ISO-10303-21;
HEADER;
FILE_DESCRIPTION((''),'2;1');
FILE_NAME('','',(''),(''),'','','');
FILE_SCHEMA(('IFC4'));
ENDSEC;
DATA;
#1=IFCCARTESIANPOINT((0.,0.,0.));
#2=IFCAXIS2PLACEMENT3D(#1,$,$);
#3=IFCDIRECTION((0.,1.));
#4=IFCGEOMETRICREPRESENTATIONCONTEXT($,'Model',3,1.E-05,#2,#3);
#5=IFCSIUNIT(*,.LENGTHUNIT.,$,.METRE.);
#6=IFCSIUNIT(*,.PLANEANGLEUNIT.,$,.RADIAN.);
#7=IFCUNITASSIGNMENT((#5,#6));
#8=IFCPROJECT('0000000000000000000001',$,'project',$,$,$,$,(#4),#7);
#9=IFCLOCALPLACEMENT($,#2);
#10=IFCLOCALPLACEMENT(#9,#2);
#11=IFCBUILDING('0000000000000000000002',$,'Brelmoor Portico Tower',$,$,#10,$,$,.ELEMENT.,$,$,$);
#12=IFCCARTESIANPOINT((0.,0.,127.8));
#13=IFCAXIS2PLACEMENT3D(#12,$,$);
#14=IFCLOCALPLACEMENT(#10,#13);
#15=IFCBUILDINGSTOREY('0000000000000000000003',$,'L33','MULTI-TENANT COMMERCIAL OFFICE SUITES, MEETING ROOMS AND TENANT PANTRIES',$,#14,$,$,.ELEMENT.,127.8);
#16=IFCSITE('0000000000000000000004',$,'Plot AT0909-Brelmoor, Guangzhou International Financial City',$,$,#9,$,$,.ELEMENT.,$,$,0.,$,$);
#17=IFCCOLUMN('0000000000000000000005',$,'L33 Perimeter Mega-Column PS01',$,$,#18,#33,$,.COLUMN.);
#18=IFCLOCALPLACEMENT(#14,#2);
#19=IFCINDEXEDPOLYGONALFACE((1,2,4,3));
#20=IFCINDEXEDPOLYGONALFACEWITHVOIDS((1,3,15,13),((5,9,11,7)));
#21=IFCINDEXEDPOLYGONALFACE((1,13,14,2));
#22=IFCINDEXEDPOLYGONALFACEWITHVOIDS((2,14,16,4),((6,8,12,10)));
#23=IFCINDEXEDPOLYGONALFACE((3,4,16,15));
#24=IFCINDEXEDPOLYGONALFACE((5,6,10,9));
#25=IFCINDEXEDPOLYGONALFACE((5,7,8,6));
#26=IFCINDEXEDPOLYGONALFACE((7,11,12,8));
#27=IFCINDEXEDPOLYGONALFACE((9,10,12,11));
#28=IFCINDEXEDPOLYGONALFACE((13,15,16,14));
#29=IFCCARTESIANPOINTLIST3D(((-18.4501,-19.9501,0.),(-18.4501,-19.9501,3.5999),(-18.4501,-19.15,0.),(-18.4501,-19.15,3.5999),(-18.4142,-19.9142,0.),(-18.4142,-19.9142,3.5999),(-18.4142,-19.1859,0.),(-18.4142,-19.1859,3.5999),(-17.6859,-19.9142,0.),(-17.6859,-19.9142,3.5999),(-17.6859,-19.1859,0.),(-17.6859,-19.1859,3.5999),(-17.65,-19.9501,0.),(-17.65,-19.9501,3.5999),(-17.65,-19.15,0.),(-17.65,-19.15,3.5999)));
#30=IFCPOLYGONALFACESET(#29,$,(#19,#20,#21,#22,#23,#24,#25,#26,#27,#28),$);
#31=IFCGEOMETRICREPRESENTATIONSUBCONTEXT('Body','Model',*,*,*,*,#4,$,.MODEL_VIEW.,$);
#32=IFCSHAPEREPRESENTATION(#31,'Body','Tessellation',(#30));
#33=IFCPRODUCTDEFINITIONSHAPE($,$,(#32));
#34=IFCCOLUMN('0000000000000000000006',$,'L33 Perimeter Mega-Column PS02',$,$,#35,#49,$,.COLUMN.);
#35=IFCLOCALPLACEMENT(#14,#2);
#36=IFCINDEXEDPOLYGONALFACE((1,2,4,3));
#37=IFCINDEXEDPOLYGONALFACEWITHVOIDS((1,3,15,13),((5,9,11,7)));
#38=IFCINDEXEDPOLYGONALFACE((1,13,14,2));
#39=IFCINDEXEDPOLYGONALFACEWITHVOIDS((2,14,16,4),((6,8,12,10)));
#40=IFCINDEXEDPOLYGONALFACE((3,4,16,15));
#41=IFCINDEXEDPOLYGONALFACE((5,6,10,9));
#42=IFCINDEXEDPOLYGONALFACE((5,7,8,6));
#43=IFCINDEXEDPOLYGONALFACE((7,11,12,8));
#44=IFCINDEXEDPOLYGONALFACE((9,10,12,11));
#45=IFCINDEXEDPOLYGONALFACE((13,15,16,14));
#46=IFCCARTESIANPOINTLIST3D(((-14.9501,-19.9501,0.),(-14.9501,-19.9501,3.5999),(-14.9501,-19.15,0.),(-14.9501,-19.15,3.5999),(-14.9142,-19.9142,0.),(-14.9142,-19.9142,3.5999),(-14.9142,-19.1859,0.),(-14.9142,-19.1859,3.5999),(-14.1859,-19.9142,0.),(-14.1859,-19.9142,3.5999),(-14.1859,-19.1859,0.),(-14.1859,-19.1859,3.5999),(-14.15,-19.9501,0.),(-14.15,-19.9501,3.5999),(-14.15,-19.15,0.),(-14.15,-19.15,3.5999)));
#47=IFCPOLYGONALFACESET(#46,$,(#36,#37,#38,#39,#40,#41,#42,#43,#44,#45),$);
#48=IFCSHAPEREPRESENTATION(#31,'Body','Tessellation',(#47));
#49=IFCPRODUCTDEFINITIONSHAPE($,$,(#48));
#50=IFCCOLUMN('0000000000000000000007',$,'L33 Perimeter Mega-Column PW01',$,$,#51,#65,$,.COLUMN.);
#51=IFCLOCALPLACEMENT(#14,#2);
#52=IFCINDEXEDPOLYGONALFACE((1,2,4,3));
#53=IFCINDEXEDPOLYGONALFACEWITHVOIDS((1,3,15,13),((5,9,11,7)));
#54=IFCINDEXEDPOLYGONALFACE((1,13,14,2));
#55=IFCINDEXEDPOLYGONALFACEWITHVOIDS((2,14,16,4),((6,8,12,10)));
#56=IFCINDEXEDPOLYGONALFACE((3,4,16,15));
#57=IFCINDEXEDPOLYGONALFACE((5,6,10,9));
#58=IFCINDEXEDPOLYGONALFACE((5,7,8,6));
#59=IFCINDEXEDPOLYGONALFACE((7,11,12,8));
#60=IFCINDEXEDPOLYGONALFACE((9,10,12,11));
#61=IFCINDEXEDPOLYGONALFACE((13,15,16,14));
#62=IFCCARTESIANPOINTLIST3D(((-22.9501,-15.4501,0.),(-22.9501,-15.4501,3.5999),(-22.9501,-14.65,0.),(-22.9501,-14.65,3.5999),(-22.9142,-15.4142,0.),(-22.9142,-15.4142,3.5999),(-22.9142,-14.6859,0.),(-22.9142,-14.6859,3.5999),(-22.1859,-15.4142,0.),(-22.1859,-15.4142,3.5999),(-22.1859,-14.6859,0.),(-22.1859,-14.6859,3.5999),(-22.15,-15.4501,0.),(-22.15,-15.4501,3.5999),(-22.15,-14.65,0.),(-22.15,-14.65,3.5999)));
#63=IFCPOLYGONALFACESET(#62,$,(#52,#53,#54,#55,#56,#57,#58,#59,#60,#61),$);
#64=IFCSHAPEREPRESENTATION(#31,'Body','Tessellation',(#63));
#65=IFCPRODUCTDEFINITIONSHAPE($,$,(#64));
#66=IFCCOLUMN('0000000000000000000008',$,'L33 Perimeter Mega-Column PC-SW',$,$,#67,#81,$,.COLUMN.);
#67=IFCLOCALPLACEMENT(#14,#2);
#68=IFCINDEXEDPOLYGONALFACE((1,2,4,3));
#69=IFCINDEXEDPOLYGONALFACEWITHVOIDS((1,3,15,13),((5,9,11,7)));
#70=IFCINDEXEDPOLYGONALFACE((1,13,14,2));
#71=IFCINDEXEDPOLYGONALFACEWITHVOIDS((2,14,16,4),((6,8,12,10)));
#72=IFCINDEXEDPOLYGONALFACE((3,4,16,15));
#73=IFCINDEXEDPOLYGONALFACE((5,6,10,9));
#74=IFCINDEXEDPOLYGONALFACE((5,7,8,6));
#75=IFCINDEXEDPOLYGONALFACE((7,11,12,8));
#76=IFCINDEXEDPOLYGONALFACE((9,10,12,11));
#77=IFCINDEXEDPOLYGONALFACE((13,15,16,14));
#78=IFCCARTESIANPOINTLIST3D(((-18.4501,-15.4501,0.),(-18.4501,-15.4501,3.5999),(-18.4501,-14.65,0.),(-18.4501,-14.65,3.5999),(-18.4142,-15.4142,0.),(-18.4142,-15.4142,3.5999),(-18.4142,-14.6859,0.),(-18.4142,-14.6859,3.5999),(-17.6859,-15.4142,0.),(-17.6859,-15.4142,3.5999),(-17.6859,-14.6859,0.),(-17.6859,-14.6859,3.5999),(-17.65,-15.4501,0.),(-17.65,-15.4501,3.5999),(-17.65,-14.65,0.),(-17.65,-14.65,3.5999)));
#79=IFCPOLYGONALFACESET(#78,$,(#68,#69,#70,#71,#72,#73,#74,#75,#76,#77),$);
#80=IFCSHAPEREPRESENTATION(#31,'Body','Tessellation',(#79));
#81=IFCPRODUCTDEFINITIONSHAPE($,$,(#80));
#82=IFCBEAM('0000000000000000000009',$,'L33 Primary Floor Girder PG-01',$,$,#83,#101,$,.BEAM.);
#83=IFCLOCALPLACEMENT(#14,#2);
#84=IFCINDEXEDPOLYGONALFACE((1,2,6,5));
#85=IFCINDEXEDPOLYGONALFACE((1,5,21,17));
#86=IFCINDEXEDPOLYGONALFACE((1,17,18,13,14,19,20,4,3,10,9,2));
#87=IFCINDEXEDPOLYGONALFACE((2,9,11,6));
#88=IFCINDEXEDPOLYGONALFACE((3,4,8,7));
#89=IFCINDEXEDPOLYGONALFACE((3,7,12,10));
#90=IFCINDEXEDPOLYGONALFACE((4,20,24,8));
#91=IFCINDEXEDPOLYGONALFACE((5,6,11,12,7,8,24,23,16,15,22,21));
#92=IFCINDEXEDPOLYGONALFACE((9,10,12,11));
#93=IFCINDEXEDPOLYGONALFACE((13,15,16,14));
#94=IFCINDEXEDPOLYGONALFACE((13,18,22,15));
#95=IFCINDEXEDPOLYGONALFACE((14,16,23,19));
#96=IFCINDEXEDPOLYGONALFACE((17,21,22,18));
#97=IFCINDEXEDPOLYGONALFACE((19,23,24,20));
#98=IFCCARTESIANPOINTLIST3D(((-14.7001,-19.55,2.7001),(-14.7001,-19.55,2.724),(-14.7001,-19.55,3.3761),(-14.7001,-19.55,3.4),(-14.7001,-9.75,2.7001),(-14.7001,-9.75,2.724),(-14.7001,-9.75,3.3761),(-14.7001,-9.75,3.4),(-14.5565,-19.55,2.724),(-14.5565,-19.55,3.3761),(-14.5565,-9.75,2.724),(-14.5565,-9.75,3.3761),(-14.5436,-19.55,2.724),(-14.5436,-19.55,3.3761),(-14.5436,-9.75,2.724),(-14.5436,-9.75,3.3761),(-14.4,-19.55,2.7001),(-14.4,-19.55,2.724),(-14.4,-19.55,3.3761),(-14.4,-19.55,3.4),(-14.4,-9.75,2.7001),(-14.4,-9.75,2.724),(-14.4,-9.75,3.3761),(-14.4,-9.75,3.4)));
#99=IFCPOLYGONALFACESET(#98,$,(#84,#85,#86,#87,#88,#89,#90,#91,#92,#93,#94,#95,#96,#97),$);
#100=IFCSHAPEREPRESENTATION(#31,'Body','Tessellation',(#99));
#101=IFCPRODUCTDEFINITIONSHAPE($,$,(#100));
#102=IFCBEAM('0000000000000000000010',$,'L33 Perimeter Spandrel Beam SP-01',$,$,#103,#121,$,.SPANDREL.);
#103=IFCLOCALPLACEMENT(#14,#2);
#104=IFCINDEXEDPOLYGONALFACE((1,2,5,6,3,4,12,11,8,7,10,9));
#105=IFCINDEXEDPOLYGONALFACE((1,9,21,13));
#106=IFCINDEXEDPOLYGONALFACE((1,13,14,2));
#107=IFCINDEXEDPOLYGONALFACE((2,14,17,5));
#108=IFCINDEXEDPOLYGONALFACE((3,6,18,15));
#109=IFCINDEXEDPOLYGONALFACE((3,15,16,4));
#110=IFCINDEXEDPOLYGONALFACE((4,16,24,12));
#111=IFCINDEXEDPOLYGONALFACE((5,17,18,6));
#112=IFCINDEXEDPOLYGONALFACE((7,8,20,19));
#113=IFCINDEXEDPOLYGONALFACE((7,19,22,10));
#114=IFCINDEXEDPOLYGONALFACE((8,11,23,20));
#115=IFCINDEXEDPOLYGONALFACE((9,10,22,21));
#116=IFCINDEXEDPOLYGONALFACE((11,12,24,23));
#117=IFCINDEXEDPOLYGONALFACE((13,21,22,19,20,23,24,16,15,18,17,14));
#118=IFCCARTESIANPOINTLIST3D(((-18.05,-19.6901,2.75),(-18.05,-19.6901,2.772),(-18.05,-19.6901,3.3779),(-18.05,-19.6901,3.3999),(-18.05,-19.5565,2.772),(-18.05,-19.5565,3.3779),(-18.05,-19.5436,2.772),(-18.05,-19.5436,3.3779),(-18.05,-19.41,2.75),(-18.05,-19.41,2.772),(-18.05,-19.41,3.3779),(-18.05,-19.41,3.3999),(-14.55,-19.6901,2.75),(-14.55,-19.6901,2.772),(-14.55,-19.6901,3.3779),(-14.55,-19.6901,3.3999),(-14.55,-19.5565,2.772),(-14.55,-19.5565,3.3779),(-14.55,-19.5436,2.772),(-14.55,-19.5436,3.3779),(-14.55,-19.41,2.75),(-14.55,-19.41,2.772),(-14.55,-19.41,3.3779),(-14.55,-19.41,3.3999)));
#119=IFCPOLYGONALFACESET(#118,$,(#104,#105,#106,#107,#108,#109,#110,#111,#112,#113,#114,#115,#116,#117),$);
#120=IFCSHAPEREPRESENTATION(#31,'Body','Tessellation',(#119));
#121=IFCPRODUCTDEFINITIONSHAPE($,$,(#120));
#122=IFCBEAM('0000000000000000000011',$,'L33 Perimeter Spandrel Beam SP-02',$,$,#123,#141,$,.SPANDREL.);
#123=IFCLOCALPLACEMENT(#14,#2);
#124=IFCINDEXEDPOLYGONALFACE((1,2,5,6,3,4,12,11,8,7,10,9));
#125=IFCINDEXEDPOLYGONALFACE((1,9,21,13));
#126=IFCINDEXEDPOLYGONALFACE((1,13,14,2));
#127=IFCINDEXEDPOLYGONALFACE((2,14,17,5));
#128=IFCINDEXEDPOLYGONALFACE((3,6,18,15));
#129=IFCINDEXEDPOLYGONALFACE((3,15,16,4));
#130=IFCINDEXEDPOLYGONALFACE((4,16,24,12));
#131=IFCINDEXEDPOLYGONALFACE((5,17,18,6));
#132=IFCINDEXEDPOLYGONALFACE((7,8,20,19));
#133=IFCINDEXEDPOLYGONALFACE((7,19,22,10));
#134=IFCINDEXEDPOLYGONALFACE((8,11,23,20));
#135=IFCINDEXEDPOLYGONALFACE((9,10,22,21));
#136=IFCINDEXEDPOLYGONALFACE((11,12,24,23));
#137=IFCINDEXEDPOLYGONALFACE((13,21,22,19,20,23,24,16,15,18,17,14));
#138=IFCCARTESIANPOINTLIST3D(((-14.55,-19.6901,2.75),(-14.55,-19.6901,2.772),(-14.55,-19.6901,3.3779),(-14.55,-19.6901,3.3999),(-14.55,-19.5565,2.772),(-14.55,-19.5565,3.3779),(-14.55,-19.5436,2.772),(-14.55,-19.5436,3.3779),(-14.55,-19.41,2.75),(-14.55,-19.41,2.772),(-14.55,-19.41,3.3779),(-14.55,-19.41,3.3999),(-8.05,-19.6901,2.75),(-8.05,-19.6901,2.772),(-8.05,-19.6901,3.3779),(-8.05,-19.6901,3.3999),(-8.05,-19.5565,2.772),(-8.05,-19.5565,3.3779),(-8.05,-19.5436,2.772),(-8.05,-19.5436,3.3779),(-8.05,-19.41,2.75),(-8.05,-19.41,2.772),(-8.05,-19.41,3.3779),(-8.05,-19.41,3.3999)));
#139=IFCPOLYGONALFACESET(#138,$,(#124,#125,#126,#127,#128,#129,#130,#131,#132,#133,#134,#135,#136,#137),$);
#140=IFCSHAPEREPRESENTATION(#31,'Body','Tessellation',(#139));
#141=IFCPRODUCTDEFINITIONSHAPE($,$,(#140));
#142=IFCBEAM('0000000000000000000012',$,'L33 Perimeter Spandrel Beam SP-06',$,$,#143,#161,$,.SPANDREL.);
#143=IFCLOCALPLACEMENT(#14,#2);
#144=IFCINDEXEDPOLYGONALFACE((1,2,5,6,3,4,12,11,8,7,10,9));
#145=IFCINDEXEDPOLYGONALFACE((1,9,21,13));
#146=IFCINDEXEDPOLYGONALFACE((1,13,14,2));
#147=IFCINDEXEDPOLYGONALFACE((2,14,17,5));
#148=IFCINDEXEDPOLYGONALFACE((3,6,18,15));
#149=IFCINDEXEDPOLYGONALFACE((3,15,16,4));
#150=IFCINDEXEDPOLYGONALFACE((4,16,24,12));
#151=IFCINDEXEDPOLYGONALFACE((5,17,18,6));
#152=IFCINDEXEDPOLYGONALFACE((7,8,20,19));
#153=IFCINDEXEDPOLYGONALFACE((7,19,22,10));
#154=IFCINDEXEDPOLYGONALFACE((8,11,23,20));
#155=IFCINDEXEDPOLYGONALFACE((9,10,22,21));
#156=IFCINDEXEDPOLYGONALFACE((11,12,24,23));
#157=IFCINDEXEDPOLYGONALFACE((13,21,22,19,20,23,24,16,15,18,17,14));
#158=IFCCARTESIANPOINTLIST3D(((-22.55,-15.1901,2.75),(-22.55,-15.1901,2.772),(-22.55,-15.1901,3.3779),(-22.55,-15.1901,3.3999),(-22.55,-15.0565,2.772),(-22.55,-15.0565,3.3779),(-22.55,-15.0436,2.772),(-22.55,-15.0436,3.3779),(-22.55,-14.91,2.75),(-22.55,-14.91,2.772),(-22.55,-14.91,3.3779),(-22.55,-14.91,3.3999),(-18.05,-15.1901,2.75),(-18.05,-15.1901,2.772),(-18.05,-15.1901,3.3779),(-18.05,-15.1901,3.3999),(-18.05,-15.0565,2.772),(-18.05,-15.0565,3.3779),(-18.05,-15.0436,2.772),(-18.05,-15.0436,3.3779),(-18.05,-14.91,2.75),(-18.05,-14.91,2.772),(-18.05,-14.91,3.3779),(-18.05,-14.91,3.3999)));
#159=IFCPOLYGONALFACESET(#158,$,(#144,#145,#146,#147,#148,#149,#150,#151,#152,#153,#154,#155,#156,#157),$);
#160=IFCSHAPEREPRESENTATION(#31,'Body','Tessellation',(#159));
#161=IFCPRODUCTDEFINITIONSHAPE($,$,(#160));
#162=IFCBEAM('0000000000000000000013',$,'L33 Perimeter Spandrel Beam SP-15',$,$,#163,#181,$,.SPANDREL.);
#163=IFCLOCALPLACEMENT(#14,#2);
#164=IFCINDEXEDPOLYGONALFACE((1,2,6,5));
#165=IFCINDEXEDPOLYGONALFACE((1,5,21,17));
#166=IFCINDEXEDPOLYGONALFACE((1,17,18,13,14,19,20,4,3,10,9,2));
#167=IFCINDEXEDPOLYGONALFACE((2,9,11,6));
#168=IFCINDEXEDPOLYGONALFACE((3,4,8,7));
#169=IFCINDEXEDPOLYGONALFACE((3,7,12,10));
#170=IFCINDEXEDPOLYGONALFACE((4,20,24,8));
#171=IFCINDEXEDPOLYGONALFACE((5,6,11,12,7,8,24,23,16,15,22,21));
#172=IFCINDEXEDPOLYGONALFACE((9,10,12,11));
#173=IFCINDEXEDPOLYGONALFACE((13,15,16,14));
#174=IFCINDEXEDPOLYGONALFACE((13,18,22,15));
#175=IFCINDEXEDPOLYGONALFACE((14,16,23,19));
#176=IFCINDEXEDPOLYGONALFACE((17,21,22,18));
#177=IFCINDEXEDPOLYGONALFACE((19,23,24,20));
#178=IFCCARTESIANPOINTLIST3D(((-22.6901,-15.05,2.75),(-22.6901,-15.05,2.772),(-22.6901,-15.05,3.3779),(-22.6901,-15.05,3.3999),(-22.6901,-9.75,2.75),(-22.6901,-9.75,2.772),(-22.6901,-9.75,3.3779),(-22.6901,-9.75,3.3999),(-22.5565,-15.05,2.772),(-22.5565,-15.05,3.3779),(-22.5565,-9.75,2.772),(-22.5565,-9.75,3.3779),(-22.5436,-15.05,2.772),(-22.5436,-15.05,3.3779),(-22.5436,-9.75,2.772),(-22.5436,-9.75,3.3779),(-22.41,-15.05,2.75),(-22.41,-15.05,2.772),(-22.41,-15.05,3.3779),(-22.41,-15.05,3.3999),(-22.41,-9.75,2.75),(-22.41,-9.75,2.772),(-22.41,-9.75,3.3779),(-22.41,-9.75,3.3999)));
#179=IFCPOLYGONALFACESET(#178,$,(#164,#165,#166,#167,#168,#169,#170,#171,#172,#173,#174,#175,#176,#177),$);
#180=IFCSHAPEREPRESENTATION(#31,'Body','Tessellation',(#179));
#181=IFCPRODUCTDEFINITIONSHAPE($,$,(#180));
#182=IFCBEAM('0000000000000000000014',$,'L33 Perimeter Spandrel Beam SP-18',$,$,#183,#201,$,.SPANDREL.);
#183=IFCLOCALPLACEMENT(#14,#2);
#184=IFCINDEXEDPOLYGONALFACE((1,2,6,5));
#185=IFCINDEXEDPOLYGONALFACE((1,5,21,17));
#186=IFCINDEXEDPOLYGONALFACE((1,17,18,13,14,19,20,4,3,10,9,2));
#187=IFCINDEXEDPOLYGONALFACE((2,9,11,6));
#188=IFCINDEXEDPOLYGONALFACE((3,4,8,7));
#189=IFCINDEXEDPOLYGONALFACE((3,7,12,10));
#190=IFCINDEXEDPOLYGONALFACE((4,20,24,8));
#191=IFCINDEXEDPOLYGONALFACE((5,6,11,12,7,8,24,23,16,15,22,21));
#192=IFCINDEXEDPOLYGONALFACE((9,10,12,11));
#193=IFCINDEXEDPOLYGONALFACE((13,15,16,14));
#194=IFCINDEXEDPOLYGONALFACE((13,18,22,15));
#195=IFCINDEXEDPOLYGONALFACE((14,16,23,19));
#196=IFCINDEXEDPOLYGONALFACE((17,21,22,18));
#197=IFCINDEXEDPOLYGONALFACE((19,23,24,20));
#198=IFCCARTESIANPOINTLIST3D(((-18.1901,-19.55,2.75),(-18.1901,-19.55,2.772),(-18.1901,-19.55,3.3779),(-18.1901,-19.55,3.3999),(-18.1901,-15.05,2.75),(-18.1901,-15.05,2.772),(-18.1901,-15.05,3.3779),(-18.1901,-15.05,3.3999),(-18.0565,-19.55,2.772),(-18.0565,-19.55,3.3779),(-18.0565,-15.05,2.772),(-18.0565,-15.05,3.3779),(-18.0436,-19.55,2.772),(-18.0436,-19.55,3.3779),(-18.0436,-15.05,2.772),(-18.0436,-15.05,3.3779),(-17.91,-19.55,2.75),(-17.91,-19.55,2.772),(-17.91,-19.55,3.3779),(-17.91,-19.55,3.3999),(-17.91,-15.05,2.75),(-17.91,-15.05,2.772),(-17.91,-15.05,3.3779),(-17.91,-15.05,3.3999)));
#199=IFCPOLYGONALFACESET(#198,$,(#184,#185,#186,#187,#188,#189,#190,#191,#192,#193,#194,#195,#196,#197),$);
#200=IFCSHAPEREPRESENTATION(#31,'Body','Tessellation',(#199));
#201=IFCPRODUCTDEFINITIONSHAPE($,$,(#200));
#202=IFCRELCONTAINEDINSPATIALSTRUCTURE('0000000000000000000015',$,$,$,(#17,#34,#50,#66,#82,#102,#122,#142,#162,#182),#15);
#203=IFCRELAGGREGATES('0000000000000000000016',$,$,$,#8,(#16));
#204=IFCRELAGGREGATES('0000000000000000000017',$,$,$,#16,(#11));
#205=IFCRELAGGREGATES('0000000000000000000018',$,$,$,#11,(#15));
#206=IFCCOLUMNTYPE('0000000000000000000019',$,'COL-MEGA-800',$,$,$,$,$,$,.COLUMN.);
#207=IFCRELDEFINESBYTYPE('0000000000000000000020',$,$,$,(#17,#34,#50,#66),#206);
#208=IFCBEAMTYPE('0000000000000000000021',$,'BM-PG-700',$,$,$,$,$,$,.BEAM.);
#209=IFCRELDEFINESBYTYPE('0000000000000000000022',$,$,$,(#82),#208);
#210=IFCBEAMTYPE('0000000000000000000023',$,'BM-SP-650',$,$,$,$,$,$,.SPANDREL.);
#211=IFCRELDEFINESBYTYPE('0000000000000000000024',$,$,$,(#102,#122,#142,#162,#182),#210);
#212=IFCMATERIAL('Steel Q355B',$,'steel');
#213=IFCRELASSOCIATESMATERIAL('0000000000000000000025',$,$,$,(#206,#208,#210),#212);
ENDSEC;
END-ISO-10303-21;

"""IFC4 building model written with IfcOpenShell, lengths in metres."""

from ifc_helpers import new_model, si_unit, direction, frame, origin, origin_2d, place, context, subcontext, project, spatial, hollow_rectangle, i_section, extrude, material, material_profile, profile_set, type_object, element, save


model = new_model("IFC4")

# Units and contexts
model_context = context("Model", 3, precision=1e-05, world=origin(), true_north=direction((0.0, 1.0)))
body_context = subcontext(model_context, "Body", "Model", "MODEL_VIEW")
ifc_project = project(units=[si_unit("LENGTHUNIT", "METRE"), si_unit("PLANEANGLEUNIT", "RADIAN")], contexts=[model_context])

# Site, building, storey
site_placement = place(None, origin())
site = spatial("IfcSite", under=ifc_project, at=site_placement, Name="Plot AT0909-Brelmoor, Guangzhou International Financial City", CompositionType="ELEMENT", RefElevation=0.0)
building_placement = place(site_placement, origin())
building = spatial("IfcBuilding", under=site, at=building_placement, Name="Brelmoor Portico Tower", CompositionType="ELEMENT")
storey_placement = place(building_placement, frame((0.0, 0.0, 127.8)))
storey = spatial("IfcBuildingStorey", under=building, at=storey_placement, Name="L33", Description="MULTI-TENANT COMMERCIAL OFFICE SUITES, MEETING ROOMS AND TENANT PANTRIES", CompositionType="ELEMENT", Elevation=127.8)

# Columns
ifc_material_1 = material(Name="Steel Q355B", Category="steel")
ifc_material_profile_1 = material_profile(ifc_material_1, hollow_rectangle(XDim=0.8, YDim=0.8, WallThickness=0.0359, at=origin_2d()), Name="BOX 800x800x36")
ifc_profile_set_1 = profile_set([ifc_material_profile_1], Name="Steel Q355B")
column_type = type_object("IfcColumnType", Name="COL-MEGA-800", PredefinedType="COLUMN", material=ifc_profile_set_1)
for number, where, z_axis, x_axis, name in (
    (1, (-18.05, -19.55, 0.0), (0.0, 0.0, 1.0), (1.0, 0.0, 0.0), "L33 Perimeter Mega-Column PS01"),
    (2, (-14.55, -19.55, 0.0), (0.0, 0.0, 1.0), (1.0, 0.0, 0.0), "L33 Perimeter Mega-Column PS02"),
    (3, (-22.55, -15.05, 0.0), (0.0, 0.0, 1.0), (0.0, 1.0, 0.0), "L33 Perimeter Mega-Column PW01"),
    (4, (-18.05, -15.05, 0.0), (0.0, 0.0, 1.0), (1.0, 0.0, 0.0), "L33 Perimeter Mega-Column PC-SW"),
):
    element("IfcColumn", number, at=place(storey_placement, frame(where, z_axis=z_axis, x_axis=x_axis)), inside=storey, type_object=column_type, Name=name, PredefinedType="COLUMN", context=body_context, shape_type="SweptSolid", body=[
        extrude(hollow_rectangle(XDim=0.8, YDim=0.8, WallThickness=0.0359, at=origin_2d()), origin(), (0.0, 0.0, 1.0), 3.5999),
    ])

# Beams
ifc_material_profile_2 = material_profile(ifc_material_1, i_section(OverallWidth=0.3, OverallDepth=0.7, WebThickness=0.0129, FlangeThickness=0.0239, at=origin_2d()), Name="HN 700x300x13x24")
ifc_profile_set_2 = profile_set([ifc_material_profile_2], Name="Steel Q355B")
beam_type_1 = type_object("IfcBeamType", Name="BM-PG-700", PredefinedType="BEAM", material=ifc_profile_set_2)
beam_1_placement = place(storey_placement, frame((-14.55, -19.55, 3.05), z_axis=(0.0, 1.0, 0.0), x_axis=(-1.0, 0.0, 0.0)))
element("IfcBeam", 5, at=beam_1_placement, inside=storey, type_object=beam_type_1, Name="L33 Primary Floor Girder PG-01", PredefinedType="BEAM", context=body_context, shape_type="SweptSolid", body=[
    extrude(i_section(OverallWidth=0.3, OverallDepth=0.7, WebThickness=0.0129, FlangeThickness=0.0239, at=origin_2d()), origin(), (0.0, 0.0, 1.0), 9.8),
])
ifc_material_profile_3 = material_profile(ifc_material_1, i_section(OverallWidth=0.28, OverallDepth=0.6499, WebThickness=0.0129, FlangeThickness=0.022, at=origin_2d()), Name="HN 650x280x13x22")
ifc_profile_set_3 = profile_set([ifc_material_profile_3], Name="Steel Q355B")
beam_type_2 = type_object("IfcBeamType", Name="BM-SP-650", PredefinedType="SPANDREL", material=ifc_profile_set_3)
beam_2_placement = place(storey_placement, frame((-18.05, -19.55, 3.075), z_axis=(1.0, 0.0, 0.0), x_axis=(0.0, 1.0, 0.0)))
element("IfcBeam", 6, at=beam_2_placement, inside=storey, type_object=beam_type_2, Name="L33 Perimeter Spandrel Beam SP-01", PredefinedType="SPANDREL", context=body_context, shape_type="SweptSolid", body=[
    extrude(i_section(OverallWidth=0.28, OverallDepth=0.6499, WebThickness=0.0129, FlangeThickness=0.022, at=origin_2d()), origin(), (0.0, 0.0, 1.0), 3.5),
])
beam_3_placement = place(storey_placement, frame((-14.55, -19.55, 3.075), z_axis=(1.0, 0.0, 0.0), x_axis=(0.0, 1.0, 0.0)))
element("IfcBeam", 7, at=beam_3_placement, inside=storey, type_object=beam_type_2, Name="L33 Perimeter Spandrel Beam SP-02", PredefinedType="SPANDREL", context=body_context, shape_type="SweptSolid", body=[
    extrude(i_section(OverallWidth=0.28, OverallDepth=0.6499, WebThickness=0.0129, FlangeThickness=0.022, at=origin_2d()), origin(), (0.0, 0.0, 1.0), 6.5),
])
beam_4_placement = place(storey_placement, frame((-22.55, -15.05, 3.075), z_axis=(1.0, 0.0, 0.0), x_axis=(0.0, 1.0, 0.0)))
element("IfcBeam", 8, at=beam_4_placement, inside=storey, type_object=beam_type_2, Name="L33 Perimeter Spandrel Beam SP-06", PredefinedType="SPANDREL", context=body_context, shape_type="SweptSolid", body=[
    extrude(i_section(OverallWidth=0.28, OverallDepth=0.6499, WebThickness=0.0129, FlangeThickness=0.022, at=origin_2d()), origin(), (0.0, 0.0, 1.0), 4.5),
])
beam_5_placement = place(storey_placement, frame((-22.55, -15.05, 3.075), z_axis=(0.0, 1.0, 0.0), x_axis=(-1.0, 0.0, 0.0)))
element("IfcBeam", 9, at=beam_5_placement, inside=storey, type_object=beam_type_2, Name="L33 Perimeter Spandrel Beam SP-15", PredefinedType="SPANDREL", context=body_context, shape_type="SweptSolid", body=[
    extrude(i_section(OverallWidth=0.28, OverallDepth=0.6499, WebThickness=0.0129, FlangeThickness=0.022, at=origin_2d()), origin(), (0.0, 0.0, 1.0), 5.3),
])
beam_6_placement = place(storey_placement, frame((-18.05, -19.55, 3.075), z_axis=(0.0, 1.0, 0.0), x_axis=(-1.0, 0.0, 0.0)))
element("IfcBeam", 10, at=beam_6_placement, inside=storey, type_object=beam_type_2, Name="L33 Perimeter Spandrel Beam SP-18", PredefinedType="SPANDREL", context=body_context, shape_type="SweptSolid", body=[
    extrude(i_section(OverallWidth=0.28, OverallDepth=0.6499, WebThickness=0.0129, FlangeThickness=0.022, at=origin_2d()), origin(), (0.0, 0.0, 1.0), 4.5),
])

save(model, "model.ifc")
